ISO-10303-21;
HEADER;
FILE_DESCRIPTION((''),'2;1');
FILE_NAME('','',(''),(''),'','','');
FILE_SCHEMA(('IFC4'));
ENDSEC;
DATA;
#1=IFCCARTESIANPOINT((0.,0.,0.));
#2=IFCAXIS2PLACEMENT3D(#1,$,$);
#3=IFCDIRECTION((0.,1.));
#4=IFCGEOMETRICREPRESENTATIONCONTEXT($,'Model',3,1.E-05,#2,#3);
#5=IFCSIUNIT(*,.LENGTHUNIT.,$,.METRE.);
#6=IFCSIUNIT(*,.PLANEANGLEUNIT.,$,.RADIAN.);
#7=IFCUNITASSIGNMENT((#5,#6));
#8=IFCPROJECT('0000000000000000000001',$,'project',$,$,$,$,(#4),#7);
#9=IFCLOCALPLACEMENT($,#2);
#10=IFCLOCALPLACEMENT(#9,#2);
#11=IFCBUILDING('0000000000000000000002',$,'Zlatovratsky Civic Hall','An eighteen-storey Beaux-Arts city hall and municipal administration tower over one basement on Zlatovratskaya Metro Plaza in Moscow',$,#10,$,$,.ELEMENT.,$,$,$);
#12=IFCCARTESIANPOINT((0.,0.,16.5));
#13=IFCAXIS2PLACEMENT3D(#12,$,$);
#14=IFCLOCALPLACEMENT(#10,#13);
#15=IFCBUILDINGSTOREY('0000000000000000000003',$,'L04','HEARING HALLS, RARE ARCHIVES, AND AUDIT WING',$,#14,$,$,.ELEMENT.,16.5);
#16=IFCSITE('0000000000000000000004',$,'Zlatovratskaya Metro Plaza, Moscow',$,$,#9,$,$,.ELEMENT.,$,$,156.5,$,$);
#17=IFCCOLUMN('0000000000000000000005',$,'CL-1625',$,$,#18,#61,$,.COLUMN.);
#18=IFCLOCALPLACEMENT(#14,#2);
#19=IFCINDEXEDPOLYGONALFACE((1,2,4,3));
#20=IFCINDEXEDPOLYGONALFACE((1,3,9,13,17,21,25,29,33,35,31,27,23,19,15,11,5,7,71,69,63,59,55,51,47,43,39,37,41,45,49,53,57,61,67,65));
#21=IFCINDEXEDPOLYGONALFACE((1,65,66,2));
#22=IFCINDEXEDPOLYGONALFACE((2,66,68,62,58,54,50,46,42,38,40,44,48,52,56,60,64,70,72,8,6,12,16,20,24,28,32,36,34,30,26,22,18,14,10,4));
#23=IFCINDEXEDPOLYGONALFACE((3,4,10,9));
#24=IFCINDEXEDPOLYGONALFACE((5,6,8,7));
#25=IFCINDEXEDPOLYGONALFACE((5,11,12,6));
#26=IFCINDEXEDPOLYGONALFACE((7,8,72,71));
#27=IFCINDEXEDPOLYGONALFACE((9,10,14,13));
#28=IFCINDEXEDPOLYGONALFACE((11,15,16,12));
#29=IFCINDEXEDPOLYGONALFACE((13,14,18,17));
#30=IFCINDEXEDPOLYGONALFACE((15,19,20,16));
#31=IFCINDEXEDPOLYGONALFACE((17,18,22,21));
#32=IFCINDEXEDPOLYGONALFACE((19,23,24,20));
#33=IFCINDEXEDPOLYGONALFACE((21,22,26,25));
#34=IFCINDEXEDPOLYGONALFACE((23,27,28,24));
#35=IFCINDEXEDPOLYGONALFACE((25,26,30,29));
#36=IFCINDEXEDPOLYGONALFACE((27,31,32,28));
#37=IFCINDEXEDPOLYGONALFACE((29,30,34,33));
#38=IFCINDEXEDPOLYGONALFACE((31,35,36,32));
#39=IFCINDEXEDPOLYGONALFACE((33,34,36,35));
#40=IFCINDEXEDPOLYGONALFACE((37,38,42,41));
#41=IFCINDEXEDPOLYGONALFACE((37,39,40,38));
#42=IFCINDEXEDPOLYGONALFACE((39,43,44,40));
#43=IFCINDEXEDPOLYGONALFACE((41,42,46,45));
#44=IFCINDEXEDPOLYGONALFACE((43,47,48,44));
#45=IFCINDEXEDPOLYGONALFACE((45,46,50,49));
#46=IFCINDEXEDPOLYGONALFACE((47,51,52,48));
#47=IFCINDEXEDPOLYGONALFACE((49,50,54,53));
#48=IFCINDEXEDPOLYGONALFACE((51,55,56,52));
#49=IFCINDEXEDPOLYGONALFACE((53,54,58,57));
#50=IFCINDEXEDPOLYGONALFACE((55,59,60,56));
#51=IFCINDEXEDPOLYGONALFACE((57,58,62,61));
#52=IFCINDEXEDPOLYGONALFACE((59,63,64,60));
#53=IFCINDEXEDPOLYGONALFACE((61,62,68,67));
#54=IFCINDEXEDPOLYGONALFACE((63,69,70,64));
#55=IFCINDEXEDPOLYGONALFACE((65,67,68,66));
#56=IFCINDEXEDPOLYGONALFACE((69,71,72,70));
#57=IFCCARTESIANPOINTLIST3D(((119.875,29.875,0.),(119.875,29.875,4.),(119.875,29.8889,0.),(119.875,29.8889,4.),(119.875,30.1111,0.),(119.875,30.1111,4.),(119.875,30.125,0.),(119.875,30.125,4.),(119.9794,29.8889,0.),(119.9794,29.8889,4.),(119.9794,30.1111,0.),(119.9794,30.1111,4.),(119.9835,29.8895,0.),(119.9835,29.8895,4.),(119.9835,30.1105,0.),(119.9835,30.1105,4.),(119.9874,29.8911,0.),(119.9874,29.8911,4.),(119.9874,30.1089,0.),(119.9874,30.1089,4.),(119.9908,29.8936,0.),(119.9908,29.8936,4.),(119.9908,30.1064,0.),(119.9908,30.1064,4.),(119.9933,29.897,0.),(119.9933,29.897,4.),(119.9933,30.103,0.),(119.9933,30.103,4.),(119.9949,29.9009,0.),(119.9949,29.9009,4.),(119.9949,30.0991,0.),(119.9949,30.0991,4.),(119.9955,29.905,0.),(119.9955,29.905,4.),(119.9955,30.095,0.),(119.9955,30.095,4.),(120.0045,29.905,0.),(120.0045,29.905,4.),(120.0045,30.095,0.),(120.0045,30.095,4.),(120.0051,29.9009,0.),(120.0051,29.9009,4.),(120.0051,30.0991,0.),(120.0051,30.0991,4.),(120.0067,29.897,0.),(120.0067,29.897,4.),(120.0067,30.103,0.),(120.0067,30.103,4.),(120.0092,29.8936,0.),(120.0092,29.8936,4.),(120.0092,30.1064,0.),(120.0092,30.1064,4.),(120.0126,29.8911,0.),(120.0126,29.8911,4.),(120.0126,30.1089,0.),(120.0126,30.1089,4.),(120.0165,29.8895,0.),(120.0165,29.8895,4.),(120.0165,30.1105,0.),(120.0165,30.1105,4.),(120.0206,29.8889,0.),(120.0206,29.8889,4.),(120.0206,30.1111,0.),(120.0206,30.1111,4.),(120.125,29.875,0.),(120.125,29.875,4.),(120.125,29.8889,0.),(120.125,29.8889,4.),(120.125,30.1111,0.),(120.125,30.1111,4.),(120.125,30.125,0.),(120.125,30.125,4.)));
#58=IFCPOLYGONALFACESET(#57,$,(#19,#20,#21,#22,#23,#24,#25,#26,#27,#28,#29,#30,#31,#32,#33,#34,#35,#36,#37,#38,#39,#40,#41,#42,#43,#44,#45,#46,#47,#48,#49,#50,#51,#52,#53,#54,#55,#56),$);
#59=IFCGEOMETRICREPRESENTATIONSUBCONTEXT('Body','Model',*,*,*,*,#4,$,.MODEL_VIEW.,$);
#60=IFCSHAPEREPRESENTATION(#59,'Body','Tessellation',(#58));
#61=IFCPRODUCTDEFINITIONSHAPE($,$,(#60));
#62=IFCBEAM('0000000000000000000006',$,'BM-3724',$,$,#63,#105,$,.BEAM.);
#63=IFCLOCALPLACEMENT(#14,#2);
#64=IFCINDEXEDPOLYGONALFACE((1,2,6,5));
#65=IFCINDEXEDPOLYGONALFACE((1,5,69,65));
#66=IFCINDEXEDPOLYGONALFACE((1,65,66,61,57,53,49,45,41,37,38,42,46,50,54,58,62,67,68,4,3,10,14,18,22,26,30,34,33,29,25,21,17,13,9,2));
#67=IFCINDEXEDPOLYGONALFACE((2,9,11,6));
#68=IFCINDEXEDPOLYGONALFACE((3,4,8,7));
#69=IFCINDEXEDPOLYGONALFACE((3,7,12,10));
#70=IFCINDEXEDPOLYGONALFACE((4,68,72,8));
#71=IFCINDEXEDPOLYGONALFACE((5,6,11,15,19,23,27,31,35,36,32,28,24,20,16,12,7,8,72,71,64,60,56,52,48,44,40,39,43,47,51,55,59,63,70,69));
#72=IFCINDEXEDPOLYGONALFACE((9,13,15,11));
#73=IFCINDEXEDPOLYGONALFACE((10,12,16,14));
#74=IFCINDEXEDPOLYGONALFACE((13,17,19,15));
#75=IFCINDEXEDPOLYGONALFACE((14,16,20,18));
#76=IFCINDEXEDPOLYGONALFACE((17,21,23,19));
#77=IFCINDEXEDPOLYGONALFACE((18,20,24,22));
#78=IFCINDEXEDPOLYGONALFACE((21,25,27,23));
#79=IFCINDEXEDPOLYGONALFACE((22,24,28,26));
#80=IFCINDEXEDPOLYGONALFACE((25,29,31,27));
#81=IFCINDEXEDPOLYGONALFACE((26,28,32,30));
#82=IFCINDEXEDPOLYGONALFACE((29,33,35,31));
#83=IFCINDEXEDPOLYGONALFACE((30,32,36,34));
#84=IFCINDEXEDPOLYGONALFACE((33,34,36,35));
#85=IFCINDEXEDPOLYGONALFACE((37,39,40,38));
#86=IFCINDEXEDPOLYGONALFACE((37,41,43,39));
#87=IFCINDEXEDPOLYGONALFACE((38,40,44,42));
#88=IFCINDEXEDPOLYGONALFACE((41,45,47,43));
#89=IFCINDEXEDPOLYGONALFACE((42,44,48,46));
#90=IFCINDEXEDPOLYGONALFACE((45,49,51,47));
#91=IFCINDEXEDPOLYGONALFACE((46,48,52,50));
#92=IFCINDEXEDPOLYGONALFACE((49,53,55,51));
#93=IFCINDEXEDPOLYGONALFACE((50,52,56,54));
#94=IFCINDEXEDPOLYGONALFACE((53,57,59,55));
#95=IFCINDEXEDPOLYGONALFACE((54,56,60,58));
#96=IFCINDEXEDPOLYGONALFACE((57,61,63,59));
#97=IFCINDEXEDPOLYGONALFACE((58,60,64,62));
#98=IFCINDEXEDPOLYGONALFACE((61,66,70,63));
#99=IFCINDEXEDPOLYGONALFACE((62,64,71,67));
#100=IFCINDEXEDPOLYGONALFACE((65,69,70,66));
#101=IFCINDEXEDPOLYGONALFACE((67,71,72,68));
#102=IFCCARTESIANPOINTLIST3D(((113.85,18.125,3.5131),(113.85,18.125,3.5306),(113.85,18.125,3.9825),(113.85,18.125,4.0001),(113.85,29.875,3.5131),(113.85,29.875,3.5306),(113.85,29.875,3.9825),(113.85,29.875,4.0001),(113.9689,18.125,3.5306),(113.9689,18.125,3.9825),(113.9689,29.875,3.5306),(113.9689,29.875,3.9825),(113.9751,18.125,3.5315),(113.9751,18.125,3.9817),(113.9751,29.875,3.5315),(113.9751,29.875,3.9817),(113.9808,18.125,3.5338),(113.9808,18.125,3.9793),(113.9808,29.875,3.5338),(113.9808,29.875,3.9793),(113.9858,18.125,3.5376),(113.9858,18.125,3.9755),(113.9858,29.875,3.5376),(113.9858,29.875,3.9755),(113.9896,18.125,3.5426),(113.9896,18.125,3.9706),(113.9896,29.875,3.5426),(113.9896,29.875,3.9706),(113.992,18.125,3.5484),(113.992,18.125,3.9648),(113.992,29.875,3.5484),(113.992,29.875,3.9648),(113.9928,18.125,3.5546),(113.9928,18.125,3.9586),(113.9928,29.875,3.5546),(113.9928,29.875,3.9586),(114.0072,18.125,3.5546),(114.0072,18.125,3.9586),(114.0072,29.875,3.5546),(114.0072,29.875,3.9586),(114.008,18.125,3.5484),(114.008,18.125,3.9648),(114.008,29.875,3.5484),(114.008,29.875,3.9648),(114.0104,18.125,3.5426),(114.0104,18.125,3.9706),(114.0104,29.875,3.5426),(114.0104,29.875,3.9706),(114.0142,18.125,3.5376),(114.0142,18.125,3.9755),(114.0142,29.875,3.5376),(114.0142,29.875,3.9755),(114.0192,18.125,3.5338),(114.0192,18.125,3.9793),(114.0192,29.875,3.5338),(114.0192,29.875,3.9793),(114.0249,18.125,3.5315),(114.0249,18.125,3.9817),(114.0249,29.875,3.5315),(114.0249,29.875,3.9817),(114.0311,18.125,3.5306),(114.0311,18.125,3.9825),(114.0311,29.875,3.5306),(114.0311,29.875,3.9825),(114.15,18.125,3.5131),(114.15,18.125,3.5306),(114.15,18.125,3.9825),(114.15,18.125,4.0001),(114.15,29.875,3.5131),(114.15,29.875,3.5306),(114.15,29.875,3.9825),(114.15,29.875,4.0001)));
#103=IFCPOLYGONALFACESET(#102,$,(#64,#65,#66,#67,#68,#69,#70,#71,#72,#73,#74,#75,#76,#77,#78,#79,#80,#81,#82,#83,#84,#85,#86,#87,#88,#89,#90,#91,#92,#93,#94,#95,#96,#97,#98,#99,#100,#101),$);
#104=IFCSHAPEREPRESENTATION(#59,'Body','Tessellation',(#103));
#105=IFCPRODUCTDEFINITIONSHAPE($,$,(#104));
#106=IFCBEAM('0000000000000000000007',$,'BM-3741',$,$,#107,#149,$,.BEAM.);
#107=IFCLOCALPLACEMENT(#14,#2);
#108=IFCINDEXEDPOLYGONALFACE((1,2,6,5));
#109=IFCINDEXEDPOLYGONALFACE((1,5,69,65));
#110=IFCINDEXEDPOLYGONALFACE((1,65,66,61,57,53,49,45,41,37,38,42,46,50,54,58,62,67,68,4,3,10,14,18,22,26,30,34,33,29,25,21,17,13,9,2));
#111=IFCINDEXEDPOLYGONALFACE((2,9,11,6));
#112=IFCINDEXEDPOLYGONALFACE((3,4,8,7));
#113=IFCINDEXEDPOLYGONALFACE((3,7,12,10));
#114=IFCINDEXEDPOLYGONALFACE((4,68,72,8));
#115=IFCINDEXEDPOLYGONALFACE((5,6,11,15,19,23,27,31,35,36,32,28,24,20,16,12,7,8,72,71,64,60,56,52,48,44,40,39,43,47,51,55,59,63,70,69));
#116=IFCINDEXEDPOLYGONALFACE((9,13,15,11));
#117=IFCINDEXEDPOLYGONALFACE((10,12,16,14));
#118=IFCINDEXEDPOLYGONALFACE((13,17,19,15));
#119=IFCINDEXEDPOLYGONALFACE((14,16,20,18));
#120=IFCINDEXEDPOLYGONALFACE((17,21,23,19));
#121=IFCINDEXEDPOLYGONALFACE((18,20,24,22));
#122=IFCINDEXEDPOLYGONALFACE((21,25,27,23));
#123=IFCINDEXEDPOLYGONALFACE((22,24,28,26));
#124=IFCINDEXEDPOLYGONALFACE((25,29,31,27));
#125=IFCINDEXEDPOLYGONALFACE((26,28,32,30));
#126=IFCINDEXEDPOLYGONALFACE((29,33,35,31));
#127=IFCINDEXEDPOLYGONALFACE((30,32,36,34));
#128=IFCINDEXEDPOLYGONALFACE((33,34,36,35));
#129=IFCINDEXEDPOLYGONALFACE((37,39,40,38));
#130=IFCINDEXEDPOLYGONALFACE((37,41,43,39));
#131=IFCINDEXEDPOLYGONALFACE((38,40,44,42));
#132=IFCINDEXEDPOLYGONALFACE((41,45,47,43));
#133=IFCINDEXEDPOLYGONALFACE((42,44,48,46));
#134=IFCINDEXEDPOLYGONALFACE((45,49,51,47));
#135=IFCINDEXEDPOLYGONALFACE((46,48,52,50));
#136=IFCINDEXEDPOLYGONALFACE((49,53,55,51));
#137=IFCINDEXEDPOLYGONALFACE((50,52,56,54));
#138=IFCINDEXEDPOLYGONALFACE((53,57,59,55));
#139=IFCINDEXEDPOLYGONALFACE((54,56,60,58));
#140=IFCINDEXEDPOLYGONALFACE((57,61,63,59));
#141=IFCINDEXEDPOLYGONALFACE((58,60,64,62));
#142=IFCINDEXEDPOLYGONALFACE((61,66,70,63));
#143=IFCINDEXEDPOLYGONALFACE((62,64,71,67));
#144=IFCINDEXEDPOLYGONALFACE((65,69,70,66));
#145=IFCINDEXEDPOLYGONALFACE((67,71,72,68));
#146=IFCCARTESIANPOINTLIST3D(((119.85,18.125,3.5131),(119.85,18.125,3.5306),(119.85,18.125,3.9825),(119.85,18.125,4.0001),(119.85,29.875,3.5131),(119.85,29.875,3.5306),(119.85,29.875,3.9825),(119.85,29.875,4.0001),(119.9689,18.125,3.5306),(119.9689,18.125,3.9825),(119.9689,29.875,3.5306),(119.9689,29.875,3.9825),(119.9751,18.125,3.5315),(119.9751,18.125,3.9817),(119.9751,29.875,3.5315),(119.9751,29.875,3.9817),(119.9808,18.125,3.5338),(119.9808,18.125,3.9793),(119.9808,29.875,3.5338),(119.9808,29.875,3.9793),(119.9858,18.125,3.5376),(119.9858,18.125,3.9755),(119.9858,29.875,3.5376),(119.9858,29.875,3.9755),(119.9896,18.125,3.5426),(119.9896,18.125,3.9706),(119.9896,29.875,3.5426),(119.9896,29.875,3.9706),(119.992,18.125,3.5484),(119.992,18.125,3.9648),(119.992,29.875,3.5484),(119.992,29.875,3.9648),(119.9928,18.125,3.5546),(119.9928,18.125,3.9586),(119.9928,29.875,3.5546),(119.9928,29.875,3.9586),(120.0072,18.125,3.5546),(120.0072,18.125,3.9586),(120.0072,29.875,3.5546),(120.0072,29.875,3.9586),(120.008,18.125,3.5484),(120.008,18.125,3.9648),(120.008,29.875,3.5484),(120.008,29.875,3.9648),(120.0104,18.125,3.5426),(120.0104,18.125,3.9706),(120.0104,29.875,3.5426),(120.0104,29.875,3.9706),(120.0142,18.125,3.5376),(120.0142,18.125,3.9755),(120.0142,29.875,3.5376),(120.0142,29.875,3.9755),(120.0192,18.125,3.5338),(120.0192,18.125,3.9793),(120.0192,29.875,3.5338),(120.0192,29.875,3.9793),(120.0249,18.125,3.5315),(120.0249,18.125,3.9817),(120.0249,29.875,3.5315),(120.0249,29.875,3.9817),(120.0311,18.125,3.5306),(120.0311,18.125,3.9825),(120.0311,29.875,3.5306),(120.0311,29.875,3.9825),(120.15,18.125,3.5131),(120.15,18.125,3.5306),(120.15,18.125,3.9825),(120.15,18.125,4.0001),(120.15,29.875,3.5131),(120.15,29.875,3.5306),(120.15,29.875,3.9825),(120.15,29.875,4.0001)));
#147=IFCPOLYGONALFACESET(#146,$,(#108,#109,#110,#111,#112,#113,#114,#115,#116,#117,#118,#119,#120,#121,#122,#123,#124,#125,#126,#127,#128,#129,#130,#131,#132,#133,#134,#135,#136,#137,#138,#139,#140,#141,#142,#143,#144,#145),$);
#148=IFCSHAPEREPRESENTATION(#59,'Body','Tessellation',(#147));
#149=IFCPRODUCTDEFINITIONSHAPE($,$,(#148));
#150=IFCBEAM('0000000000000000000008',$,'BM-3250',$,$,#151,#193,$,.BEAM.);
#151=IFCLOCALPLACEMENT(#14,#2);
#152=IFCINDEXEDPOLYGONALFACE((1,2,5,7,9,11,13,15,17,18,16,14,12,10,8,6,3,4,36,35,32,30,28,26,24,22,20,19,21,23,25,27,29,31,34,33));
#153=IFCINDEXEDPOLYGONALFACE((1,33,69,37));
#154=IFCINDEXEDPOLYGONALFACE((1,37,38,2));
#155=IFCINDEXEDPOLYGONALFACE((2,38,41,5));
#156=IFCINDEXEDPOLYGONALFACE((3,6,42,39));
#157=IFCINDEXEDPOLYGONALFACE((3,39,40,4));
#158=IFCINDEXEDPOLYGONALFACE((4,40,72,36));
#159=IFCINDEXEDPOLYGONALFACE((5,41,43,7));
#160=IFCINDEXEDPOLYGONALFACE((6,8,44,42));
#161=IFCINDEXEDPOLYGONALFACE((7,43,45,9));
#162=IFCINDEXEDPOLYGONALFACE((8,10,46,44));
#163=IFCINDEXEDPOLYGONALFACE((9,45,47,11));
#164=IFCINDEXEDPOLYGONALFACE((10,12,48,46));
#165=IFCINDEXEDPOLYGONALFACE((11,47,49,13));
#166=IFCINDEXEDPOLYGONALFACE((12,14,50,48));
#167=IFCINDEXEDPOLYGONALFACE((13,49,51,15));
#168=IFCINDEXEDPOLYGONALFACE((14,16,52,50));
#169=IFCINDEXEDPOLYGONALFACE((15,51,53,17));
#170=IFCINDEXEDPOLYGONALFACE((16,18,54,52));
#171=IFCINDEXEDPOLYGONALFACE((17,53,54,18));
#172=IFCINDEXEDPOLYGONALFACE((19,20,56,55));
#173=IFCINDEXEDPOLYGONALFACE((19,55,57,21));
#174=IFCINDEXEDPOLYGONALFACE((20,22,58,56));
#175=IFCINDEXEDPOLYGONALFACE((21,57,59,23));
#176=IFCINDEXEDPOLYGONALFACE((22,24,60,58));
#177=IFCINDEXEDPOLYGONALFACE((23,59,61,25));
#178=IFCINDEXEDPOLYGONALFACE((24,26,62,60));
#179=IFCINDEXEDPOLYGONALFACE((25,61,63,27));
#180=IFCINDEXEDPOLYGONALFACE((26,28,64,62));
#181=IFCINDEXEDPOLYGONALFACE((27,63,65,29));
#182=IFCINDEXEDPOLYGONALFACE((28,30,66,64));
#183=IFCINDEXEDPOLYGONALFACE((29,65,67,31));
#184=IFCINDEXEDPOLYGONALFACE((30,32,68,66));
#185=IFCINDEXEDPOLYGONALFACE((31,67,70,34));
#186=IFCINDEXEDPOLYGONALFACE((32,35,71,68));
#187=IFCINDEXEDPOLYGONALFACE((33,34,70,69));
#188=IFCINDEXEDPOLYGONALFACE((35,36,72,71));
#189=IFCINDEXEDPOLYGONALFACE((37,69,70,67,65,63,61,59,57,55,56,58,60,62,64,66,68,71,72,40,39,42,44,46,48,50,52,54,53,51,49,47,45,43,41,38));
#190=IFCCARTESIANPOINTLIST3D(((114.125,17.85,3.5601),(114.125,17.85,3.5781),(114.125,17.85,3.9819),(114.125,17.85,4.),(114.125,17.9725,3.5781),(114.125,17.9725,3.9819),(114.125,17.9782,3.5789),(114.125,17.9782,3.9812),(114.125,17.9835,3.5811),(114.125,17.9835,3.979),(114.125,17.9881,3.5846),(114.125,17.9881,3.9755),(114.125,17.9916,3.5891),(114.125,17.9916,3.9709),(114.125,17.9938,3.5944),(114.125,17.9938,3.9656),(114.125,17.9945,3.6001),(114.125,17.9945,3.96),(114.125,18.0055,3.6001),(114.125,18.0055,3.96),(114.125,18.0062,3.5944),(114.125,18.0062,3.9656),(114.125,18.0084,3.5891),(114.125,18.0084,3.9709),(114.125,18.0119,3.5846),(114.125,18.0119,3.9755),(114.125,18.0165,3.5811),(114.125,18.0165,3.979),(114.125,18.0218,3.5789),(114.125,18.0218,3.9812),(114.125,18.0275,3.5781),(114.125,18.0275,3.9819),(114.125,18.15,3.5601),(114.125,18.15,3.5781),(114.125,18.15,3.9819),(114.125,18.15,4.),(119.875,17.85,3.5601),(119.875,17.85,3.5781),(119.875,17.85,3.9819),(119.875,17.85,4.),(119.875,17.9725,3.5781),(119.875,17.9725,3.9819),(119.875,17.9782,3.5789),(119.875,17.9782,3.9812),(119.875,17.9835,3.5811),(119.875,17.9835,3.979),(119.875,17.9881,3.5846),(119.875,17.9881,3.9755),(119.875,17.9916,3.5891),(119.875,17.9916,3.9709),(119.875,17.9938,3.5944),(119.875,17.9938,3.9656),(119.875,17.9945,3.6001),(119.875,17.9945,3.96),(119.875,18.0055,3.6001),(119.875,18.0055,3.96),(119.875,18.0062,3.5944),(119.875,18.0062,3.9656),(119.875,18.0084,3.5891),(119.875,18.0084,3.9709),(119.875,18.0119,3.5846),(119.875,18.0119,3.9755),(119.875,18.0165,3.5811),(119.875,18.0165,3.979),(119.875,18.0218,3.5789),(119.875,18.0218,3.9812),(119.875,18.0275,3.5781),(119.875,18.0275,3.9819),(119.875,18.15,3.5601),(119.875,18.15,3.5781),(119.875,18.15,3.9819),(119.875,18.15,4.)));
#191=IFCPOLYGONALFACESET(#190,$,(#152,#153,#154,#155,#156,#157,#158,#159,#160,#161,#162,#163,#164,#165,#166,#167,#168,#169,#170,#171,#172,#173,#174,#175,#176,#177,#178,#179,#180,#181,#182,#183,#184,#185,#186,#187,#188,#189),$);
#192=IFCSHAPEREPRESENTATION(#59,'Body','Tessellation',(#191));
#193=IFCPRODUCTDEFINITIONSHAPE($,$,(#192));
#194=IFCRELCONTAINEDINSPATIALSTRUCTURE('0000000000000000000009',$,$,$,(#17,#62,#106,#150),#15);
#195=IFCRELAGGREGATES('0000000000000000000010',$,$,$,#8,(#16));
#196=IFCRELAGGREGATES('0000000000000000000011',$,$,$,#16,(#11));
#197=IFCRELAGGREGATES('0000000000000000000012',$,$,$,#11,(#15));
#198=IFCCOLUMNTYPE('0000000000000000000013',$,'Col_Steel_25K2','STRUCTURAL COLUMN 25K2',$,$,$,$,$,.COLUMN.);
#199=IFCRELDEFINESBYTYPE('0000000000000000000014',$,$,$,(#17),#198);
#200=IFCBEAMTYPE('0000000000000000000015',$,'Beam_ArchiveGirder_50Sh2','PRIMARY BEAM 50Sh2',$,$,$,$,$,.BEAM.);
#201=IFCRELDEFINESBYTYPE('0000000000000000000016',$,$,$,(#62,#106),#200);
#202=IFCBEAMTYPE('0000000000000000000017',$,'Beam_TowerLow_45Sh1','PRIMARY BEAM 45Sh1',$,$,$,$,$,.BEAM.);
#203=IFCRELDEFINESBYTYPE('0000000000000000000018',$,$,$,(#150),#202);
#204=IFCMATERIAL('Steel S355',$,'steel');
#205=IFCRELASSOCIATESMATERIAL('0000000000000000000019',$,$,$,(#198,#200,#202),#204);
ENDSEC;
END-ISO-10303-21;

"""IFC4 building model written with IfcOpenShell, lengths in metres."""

from ifc_helpers import new_model, si_unit, direction, frame, origin, origin_2d, place, context, subcontext, project, spatial, i_section, extrude, material, material_profile, profile_set, type_object, element, save


model = new_model("IFC4")

# Units and contexts
model_context = context("Model", 3, precision=1e-05, world=origin(), true_north=direction((0.0, 1.0)))
body_context = subcontext(model_context, "Body", "Model", "MODEL_VIEW")
ifc_project = project(units=[si_unit("LENGTHUNIT", "METRE"), si_unit("PLANEANGLEUNIT", "RADIAN")], contexts=[model_context])

# Site, building, storey
site_placement = place(None, origin())
site = spatial("IfcSite", under=ifc_project, at=site_placement, Name="Zlatovratskaya Metro Plaza, Moscow", CompositionType="ELEMENT", RefElevation=156.5)
building_placement = place(site_placement, origin())
building = spatial("IfcBuilding", under=site, at=building_placement, Name="Zlatovratsky Civic Hall", Description="An eighteen-storey Beaux-Arts city hall and municipal administration tower over one basement on Zlatovratskaya Metro Plaza in Moscow", CompositionType="ELEMENT")
storey_placement = place(building_placement, frame((0.0, 0.0, 16.5)))
storey = spatial("IfcBuildingStorey", under=building, at=storey_placement, Name="L04", Description="HEARING HALLS, RARE ARCHIVES, AND AUDIT WING", CompositionType="ELEMENT", Elevation=16.5)

# Column
ifc_material_1 = material(Name="Steel S355", Category="steel")
ifc_material_profile_1 = material_profile(ifc_material_1, i_section(OverallWidth=0.25, OverallDepth=0.25, WebThickness=0.009, FlangeThickness=0.0139, FilletRadius=0.0161, at=origin_2d()), Name="25K2")
ifc_profile_set_1 = profile_set([ifc_material_profile_1], Name="Steel S355")
column_type = type_object("IfcColumnType", Name="Col_Steel_25K2", Description="STRUCTURAL COLUMN 25K2", PredefinedType="COLUMN", material=ifc_profile_set_1)
for number, where, z_axis, x_axis, name in (
    (1, (120.0, 30.0, 0.0), (0.0, 0.0, 1.0), (1.0, 0.0, 0.0), "CL-1625"),
):
    element("IfcColumn", number, at=place(storey_placement, frame(where, z_axis=z_axis, x_axis=x_axis)), inside=storey, type_object=column_type, Name=name, PredefinedType="COLUMN", context=body_context, shape_type="SweptSolid", body=[
        extrude(i_section(OverallWidth=0.25, OverallDepth=0.25, WebThickness=0.009, FlangeThickness=0.0139, FilletRadius=0.0161, at=origin_2d()), origin(), (0.0, 0.0, 1.0), 4.0),
    ])

# Beams
ifc_material_profile_2 = material_profile(ifc_material_1, i_section(OverallWidth=0.3, OverallDepth=0.4871, WebThickness=0.0144, FlangeThickness=0.0176, FilletRadius=0.0239, at=origin_2d()), Name="50Sh2")
ifc_profile_set_2 = profile_set([ifc_material_profile_2], Name="Steel S355")
beam_type_1 = type_object("IfcBeamType", Name="Beam_ArchiveGirder_50Sh2", Description="PRIMARY BEAM 50Sh2", PredefinedType="BEAM", material=ifc_profile_set_2)
for number, where, z_axis, x_axis, name in (
    (2, (114.0, 18.125, 3.7566), (0.0, 1.0, 0.0), (-1.0, 0.0, 0.0), "BM-3724"),
    (3, (120.0, 18.125, 3.7566), (0.0, 1.0, 0.0), (-1.0, 0.0, 0.0), "BM-3741"),
):
    element("IfcBeam", number, at=place(storey_placement, frame(where, z_axis=z_axis, x_axis=x_axis)), inside=storey, type_object=beam_type_1, Name=name, PredefinedType="BEAM", context=body_context, shape_type="SweptSolid", body=[
        extrude(i_section(OverallWidth=0.3, OverallDepth=0.4871, WebThickness=0.0144, FlangeThickness=0.0176, FilletRadius=0.0239, at=origin_2d()), origin(), (0.0, 0.0, 1.0), 11.75),
    ])
ifc_material_profile_3 = material_profile(ifc_material_1, i_section(OverallWidth=0.3, OverallDepth=0.4399, WebThickness=0.011, FlangeThickness=0.0181, FilletRadius=0.022, at=origin_2d()), Name="45Sh1")
ifc_profile_set_3 = profile_set([ifc_material_profile_3], Name="Steel S355")
beam_type_2 = type_object("IfcBeamType", Name="Beam_TowerLow_45Sh1", Description="PRIMARY BEAM 45Sh1", PredefinedType="BEAM", material=ifc_profile_set_3)
for number, where, z_axis, x_axis, name in (
    (4, (114.125, 18.0, 3.78), (1.0, 0.0, 0.0), (0.0, 1.0, 0.0), "BM-3250"),
):
    element("IfcBeam", number, at=place(storey_placement, frame(where, z_axis=z_axis, x_axis=x_axis)), inside=storey, type_object=beam_type_2, Name=name, PredefinedType="BEAM", context=body_context, shape_type="SweptSolid", body=[
        extrude(i_section(OverallWidth=0.3, OverallDepth=0.4399, WebThickness=0.011, FlangeThickness=0.0181, FilletRadius=0.022, at=origin_2d()), origin(), (0.0, 0.0, 1.0), 5.75),
    ])

save(model, "model.ifc")
